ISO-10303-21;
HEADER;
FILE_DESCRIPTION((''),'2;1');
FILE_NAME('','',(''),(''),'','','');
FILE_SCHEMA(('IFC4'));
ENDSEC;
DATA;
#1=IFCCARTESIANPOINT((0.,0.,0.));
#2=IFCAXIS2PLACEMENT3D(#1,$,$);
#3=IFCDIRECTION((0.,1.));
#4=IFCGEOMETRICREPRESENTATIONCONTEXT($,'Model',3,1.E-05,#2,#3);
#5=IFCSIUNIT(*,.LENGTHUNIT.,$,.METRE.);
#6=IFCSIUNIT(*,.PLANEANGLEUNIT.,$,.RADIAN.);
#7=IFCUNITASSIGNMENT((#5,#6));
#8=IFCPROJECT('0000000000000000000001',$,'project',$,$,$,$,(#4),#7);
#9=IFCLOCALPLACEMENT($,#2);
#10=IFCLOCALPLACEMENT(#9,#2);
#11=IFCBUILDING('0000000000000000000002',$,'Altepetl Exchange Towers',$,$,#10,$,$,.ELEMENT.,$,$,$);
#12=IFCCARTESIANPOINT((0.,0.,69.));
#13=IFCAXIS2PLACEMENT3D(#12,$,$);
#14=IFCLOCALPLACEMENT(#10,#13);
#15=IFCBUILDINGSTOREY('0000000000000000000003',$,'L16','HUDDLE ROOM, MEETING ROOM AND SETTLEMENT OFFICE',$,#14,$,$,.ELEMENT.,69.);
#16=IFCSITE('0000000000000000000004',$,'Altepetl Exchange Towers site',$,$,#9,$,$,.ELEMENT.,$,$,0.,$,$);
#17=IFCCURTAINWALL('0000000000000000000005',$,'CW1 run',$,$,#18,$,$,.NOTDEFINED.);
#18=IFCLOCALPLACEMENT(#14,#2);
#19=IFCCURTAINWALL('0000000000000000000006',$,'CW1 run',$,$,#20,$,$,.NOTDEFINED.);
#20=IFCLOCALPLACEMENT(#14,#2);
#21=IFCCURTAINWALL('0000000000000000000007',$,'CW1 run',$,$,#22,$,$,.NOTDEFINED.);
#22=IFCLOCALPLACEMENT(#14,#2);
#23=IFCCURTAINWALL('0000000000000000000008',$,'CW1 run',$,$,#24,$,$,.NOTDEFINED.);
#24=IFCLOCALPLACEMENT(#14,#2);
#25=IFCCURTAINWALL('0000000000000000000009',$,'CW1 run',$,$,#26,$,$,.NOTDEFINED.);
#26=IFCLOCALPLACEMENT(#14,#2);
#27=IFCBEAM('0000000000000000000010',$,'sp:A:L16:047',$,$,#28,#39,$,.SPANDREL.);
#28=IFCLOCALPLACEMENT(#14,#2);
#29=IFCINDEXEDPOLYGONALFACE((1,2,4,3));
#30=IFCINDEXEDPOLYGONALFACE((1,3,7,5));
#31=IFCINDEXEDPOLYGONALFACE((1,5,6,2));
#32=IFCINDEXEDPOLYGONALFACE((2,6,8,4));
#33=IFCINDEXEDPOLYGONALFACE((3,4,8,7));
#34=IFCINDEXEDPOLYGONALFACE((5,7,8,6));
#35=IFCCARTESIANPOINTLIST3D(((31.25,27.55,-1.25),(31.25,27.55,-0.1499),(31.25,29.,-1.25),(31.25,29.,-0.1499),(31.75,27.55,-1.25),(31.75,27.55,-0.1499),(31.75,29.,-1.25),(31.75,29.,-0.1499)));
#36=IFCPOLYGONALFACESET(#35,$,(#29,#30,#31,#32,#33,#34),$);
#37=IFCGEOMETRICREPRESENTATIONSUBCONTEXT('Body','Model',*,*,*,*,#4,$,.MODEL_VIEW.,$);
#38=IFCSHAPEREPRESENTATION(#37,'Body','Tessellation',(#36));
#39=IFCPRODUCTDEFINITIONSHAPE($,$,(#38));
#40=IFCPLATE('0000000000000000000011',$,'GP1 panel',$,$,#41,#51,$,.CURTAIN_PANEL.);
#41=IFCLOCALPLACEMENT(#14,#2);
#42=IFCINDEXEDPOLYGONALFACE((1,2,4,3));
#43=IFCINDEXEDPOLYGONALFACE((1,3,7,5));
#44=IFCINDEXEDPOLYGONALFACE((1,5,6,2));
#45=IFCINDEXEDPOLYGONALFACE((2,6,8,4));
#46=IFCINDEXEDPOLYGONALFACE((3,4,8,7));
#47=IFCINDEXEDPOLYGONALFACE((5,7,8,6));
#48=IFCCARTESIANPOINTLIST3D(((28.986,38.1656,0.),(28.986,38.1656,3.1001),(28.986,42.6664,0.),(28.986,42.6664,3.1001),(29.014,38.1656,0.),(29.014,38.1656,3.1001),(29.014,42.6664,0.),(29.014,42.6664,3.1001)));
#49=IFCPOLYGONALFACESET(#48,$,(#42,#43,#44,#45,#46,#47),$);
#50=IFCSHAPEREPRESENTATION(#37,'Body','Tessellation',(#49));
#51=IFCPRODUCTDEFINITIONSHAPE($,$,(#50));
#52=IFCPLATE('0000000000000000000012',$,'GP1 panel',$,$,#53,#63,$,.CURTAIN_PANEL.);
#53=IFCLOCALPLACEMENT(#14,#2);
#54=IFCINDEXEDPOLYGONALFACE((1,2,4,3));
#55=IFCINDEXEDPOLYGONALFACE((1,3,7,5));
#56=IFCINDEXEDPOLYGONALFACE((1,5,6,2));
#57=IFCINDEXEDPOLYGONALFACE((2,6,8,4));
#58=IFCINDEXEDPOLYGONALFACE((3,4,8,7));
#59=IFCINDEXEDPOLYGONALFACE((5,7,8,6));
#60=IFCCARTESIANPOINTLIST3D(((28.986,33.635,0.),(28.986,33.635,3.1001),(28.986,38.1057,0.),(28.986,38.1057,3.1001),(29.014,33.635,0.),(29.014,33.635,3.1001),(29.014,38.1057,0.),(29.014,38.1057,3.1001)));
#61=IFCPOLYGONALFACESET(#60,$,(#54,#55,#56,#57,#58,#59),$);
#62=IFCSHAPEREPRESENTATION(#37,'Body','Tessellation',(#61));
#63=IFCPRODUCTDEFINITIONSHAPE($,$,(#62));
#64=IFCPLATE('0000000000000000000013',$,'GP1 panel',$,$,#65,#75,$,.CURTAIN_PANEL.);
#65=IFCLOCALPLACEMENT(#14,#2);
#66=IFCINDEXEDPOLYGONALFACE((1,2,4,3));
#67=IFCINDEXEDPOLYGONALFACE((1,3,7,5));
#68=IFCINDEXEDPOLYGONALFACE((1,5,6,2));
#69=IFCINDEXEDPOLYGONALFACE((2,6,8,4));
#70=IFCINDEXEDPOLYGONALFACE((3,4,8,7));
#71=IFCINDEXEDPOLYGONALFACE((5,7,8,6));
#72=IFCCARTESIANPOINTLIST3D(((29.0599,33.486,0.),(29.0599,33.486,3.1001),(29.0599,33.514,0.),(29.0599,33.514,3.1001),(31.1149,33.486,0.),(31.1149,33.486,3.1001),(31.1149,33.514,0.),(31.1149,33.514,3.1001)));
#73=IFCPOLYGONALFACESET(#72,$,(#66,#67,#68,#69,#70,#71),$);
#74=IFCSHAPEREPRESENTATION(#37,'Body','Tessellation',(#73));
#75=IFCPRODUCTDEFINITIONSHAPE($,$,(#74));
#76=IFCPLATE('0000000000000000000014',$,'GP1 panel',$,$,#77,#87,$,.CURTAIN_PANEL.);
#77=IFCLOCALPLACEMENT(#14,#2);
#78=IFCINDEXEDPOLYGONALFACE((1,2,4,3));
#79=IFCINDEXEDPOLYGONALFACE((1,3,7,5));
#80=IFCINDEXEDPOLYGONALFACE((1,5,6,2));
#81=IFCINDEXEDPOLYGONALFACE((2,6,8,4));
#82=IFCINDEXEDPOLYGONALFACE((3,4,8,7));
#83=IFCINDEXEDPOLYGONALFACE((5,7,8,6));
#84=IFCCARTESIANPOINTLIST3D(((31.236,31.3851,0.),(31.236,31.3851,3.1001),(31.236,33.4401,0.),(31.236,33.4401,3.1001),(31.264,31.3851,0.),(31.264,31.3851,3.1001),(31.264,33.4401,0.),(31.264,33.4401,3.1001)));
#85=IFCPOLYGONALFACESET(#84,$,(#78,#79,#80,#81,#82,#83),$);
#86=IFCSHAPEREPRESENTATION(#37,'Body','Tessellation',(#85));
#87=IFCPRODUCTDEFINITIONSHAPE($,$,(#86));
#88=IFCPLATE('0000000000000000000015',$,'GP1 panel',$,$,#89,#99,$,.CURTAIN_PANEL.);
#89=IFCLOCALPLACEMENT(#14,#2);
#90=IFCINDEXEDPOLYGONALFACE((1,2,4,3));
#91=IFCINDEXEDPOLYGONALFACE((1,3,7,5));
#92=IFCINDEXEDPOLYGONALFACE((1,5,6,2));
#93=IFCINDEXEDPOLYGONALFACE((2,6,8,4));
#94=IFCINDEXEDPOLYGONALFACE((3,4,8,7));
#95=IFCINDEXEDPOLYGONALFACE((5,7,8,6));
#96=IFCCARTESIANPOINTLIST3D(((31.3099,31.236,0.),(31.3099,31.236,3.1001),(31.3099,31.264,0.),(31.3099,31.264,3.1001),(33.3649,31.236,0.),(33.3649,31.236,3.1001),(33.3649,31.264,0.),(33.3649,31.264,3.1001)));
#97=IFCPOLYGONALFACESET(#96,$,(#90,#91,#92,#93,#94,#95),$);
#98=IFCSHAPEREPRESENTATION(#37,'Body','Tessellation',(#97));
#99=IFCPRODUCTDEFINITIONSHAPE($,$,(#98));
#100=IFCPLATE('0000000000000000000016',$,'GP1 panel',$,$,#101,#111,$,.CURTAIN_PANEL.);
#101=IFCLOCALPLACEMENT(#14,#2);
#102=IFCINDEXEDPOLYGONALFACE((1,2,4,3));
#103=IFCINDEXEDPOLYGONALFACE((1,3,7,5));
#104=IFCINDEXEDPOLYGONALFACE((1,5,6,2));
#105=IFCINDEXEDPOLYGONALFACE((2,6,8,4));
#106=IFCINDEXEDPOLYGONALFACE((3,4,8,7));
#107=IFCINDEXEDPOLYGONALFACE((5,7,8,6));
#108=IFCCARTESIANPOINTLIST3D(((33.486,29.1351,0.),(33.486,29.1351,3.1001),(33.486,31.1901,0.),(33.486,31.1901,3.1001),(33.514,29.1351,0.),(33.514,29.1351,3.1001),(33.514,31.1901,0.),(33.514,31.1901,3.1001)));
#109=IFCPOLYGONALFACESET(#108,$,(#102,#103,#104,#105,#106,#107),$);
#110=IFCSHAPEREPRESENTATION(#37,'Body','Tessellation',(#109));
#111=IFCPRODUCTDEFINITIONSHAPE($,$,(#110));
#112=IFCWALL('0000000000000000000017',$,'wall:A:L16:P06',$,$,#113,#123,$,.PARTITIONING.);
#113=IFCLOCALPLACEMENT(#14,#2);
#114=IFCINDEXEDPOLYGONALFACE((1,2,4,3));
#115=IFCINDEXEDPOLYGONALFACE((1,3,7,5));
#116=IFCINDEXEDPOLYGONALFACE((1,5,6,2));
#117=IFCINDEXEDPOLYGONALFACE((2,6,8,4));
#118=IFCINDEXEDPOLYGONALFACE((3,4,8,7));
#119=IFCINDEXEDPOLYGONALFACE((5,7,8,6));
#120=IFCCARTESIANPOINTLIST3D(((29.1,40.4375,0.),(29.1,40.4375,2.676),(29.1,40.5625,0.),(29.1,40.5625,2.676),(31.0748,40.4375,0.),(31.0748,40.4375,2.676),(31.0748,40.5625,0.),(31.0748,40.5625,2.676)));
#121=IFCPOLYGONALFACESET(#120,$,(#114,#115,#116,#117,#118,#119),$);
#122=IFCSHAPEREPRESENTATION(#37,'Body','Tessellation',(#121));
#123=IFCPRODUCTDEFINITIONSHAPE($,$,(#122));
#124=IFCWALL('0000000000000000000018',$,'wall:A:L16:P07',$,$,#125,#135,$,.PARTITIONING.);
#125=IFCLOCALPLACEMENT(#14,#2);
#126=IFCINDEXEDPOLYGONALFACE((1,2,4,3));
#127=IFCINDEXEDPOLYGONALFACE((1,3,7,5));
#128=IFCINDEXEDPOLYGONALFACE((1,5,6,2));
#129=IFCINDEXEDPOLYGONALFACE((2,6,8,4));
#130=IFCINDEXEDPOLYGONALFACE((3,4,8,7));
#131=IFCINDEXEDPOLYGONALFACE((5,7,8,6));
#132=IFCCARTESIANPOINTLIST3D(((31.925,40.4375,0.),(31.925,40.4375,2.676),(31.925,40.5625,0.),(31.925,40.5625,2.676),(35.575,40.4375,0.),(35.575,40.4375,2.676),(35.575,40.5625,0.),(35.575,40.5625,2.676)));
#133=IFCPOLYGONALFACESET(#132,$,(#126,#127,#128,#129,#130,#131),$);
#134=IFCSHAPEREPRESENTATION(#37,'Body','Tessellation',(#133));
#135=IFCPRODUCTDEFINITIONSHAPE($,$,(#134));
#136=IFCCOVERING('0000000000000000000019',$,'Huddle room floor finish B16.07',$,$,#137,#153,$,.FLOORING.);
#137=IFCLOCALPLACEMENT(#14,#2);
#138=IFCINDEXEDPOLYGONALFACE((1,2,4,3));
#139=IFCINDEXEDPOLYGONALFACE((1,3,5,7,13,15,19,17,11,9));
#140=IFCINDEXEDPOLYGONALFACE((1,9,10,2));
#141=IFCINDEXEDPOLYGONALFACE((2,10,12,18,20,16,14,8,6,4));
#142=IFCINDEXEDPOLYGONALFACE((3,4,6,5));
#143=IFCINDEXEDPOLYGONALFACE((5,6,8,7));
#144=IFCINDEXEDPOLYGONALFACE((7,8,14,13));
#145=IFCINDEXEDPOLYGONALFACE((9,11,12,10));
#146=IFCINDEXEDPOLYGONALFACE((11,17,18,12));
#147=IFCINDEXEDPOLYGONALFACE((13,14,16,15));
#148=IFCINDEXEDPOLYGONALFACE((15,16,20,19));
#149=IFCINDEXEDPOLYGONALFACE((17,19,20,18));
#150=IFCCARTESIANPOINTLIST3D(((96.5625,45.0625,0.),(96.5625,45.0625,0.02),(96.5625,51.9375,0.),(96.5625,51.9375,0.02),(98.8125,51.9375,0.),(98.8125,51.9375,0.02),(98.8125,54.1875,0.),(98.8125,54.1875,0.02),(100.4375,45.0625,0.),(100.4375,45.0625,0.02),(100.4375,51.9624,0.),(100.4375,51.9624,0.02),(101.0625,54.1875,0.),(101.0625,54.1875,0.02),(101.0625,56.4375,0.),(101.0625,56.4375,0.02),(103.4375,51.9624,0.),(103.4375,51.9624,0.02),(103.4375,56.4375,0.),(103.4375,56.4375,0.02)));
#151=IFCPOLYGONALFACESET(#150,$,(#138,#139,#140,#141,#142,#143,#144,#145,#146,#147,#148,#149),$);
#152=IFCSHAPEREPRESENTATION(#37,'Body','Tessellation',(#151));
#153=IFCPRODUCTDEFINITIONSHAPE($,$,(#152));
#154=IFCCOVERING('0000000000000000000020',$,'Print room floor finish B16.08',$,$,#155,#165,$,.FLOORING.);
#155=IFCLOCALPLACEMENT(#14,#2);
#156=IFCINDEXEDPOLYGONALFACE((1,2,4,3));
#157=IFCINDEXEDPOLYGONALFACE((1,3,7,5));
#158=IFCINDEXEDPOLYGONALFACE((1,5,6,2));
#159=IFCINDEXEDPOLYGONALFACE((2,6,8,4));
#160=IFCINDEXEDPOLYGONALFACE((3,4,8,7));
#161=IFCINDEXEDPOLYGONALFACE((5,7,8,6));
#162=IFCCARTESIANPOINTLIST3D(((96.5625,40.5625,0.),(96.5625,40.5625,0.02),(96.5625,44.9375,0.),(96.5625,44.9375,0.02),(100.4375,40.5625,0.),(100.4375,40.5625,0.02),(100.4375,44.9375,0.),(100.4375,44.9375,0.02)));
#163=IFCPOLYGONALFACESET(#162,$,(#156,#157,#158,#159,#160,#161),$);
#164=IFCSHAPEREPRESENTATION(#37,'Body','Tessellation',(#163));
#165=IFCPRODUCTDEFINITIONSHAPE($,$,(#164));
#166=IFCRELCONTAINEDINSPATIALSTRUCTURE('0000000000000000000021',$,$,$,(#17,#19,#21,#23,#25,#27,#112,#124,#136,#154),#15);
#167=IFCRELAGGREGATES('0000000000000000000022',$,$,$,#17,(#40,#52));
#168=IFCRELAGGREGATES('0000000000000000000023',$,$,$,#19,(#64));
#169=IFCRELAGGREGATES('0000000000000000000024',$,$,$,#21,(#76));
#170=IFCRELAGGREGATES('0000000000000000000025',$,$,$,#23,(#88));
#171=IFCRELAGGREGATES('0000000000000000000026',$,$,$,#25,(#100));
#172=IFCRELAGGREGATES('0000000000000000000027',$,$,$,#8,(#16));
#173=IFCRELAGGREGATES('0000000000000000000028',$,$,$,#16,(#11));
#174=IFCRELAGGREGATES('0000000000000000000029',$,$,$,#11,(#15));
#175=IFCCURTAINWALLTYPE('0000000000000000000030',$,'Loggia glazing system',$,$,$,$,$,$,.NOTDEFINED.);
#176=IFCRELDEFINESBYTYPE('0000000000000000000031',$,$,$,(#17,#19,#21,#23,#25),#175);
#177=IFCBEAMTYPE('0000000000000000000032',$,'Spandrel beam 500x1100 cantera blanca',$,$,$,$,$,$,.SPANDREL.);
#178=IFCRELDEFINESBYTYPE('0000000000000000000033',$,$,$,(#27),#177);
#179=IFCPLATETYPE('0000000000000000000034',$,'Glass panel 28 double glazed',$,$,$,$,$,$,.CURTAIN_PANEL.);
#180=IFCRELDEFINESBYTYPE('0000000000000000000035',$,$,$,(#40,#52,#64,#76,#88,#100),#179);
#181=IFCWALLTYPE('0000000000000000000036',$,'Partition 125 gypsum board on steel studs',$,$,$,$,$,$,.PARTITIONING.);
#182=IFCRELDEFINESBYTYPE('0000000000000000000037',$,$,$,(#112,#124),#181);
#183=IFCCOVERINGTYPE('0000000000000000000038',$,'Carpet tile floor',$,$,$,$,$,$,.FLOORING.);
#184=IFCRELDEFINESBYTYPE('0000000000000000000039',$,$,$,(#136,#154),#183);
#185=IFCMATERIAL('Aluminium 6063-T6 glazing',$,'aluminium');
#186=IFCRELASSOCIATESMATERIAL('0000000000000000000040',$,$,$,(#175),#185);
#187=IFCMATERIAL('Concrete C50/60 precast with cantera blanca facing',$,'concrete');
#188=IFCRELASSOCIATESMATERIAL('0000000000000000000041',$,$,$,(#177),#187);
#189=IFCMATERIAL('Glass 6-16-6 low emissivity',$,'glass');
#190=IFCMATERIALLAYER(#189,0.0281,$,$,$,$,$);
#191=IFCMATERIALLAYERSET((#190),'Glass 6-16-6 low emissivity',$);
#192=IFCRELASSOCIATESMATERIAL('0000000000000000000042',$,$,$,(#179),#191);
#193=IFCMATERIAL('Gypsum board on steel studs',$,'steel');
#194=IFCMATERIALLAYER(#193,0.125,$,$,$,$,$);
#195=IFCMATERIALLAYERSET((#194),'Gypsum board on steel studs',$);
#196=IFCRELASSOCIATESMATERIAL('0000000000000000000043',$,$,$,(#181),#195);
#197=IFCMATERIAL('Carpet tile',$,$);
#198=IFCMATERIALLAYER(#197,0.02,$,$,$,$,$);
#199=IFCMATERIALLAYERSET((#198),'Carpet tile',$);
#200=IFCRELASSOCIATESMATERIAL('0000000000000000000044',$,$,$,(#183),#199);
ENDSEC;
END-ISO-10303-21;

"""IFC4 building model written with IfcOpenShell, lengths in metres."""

from ifc_helpers import new_model, si_unit, direction, frame, frame_2d, origin, origin_2d, place, context, subcontext, project, spatial, polyline, rectangle, outline, extrude, material, layer, layer_set, material_profile, profile_set, type_object, element, aggregate, save


model = new_model("IFC4")

# Units and contexts
model_context = context("Model", 3, precision=1e-05, world=origin(), true_north=direction((0.0, 1.0)))
body_context = subcontext(model_context, "Body", "Model", "MODEL_VIEW")
ifc_project = project(units=[si_unit("LENGTHUNIT", "METRE"), si_unit("PLANEANGLEUNIT", "RADIAN")], contexts=[model_context])

# Site, building, storey
site_placement = place(None, origin())
site = spatial("IfcSite", under=ifc_project, at=site_placement, Name="Altepetl Exchange Towers site", CompositionType="ELEMENT", RefElevation=0.0)
building_placement = place(site_placement, origin())
building = spatial("IfcBuilding", under=site, at=building_placement, Name="Altepetl Exchange Towers", CompositionType="ELEMENT")
storey_placement = place(building_placement, frame((0.0, 0.0, 69.0)))
storey = spatial("IfcBuildingStorey", under=building, at=storey_placement, Name="L16", Description="HUDDLE ROOM, MEETING ROOM AND SETTLEMENT OFFICE", CompositionType="ELEMENT", Elevation=69.0)

# Curtain walls
ifc_material_1 = material(Name="Aluminium 6063-T6 glazing", Category="aluminium")
curtain_wall_type = type_object("IfcCurtainWallType", Name="Loggia glazing system", PredefinedType="NOTDEFINED", material=ifc_material_1)
curtain_wall_1_placement = place(storey_placement, origin())
curtain_wall_1 = element("IfcCurtainWall", 1, at=curtain_wall_1_placement, inside=storey, type_object=curtain_wall_type, Name="CW1 run", PredefinedType="NOTDEFINED")
curtain_wall_2_placement = place(storey_placement, origin())
curtain_wall_2 = element("IfcCurtainWall", 2, at=curtain_wall_2_placement, inside=storey, type_object=curtain_wall_type, Name="CW1 run", PredefinedType="NOTDEFINED")
curtain_wall_3_placement = place(storey_placement, origin())
curtain_wall_3 = element("IfcCurtainWall", 3, at=curtain_wall_3_placement, inside=storey, type_object=curtain_wall_type, Name="CW1 run", PredefinedType="NOTDEFINED")
curtain_wall_4_placement = place(storey_placement, origin())
curtain_wall_4 = element("IfcCurtainWall", 4, at=curtain_wall_4_placement, inside=storey, type_object=curtain_wall_type, Name="CW1 run", PredefinedType="NOTDEFINED")
curtain_wall_5_placement = place(storey_placement, origin())
curtain_wall_5 = element("IfcCurtainWall", 5, at=curtain_wall_5_placement, inside=storey, type_object=curtain_wall_type, Name="CW1 run", PredefinedType="NOTDEFINED")

# Beam
ifc_material_2 = material(Name="Concrete C50/60 precast with cantera blanca facing", Category="concrete")
ifc_material_profile_1 = material_profile(ifc_material_2, rectangle(XDim=0.5, YDim=1.1001, at=origin_2d()), Name="500 x 1100")
ifc_profile_set_1 = profile_set([ifc_material_profile_1], Name="Concrete C50/60 precast with cantera blanca facing")
beam_type_1 = type_object("IfcBeamType", Name="Spandrel beam 500x1100 cantera blanca", PredefinedType="SPANDREL", material=ifc_profile_set_1)
beam_1_placement = place(storey_placement, frame((31.5, 29.0, -0.7), z_axis=(0.0, -1.0, 0.0), x_axis=(1.0, 0.0, 0.0)))
element("IfcBeam", 6, at=beam_1_placement, inside=storey, type_object=beam_type_1, Name="sp:A:L16:047", PredefinedType="SPANDREL", context=body_context, shape_type="SweptSolid", body=[
    extrude(rectangle(XDim=0.5, YDim=1.1001, at=origin_2d()), origin(), (0.0, 0.0, 1.0), 1.45),
])

# Plates
ifc_material_3 = material(Name="Glass 6-16-6 low emissivity", Category="glass")
ifc_layer_1 = layer(ifc_material_3, 0.0281)
ifc_layer_set_1 = layer_set([ifc_layer_1], Name="Glass 6-16-6 low emissivity")
plate_type = type_object("IfcPlateType", Name="Glass panel 28 double glazed", PredefinedType="CURTAIN_PANEL", material=ifc_layer_set_1)
plate_1_placement = place(storey_placement, frame((29.0, 40.416, 0.0), z_axis=(0.0, 0.0, 1.0), x_axis=(0.0, -1.0, 0.0)))
plate_1 = element("IfcPlate", 7, at=plate_1_placement, type_object=plate_type, Name="GP1 panel", PredefinedType="CURTAIN_PANEL", context=body_context, shape_type="SweptSolid", body=[
    extrude(rectangle(XDim=4.5007, YDim=0.0281, at=origin_2d()), origin(), (0.0, 0.0, 1.0), 3.1001),
])
plate_2_placement = place(storey_placement, frame((29.0, 35.8704, 0.0), z_axis=(0.0, 0.0, 1.0), x_axis=(0.0, -1.0, 0.0)))
plate_2 = element("IfcPlate", 8, at=plate_2_placement, type_object=plate_type, Name="GP1 panel", PredefinedType="CURTAIN_PANEL", context=body_context, shape_type="SweptSolid", body=[
    extrude(rectangle(XDim=4.4707, YDim=0.0281, at=origin_2d()), origin(), (0.0, 0.0, 1.0), 3.1001),
])
aggregate(curtain_wall_1, [plate_1, plate_2])
plate_3_placement = place(storey_placement, frame((30.0874, 33.5, 0.0)))
plate_3 = element("IfcPlate", 9, at=plate_3_placement, type_object=plate_type, Name="GP1 panel", PredefinedType="CURTAIN_PANEL", context=body_context, shape_type="SweptSolid", body=[
    extrude(rectangle(XDim=2.0549, YDim=0.0281, at=origin_2d()), origin(), (0.0, 0.0, 1.0), 3.1001),
])
aggregate(curtain_wall_2, [plate_3])
plate_4_placement = place(storey_placement, frame((31.25, 32.4126, 0.0), z_axis=(0.0, 0.0, 1.0), x_axis=(0.0, -1.0, 0.0)))
plate_4 = element("IfcPlate", 10, at=plate_4_placement, type_object=plate_type, Name="GP1 panel", PredefinedType="CURTAIN_PANEL", context=body_context, shape_type="SweptSolid", body=[
    extrude(rectangle(XDim=2.0549, YDim=0.0281, at=origin_2d()), origin(), (0.0, 0.0, 1.0), 3.1001),
])
aggregate(curtain_wall_3, [plate_4])
plate_5_placement = place(storey_placement, frame((32.3374, 31.25, 0.0)))
plate_5 = element("IfcPlate", 11, at=plate_5_placement, type_object=plate_type, Name="GP1 panel", PredefinedType="CURTAIN_PANEL", context=body_context, shape_type="SweptSolid", body=[
    extrude(rectangle(XDim=2.0549, YDim=0.0281, at=origin_2d()), origin(), (0.0, 0.0, 1.0), 3.1001),
])
aggregate(curtain_wall_4, [plate_5])
plate_6_placement = place(storey_placement, frame((33.5, 30.1626, 0.0), z_axis=(0.0, 0.0, 1.0), x_axis=(0.0, -1.0, 0.0)))
plate_6 = element("IfcPlate", 12, at=plate_6_placement, type_object=plate_type, Name="GP1 panel", PredefinedType="CURTAIN_PANEL", context=body_context, shape_type="SweptSolid", body=[
    extrude(rectangle(XDim=2.0549, YDim=0.0281, at=origin_2d()), origin(), (0.0, 0.0, 1.0), 3.1001),
])
aggregate(curtain_wall_5, [plate_6])

# Walls
ifc_material_4 = material(Name="Gypsum board on steel studs", Category="steel")
ifc_layer_2 = layer(ifc_material_4, 0.125)
ifc_layer_set_2 = layer_set([ifc_layer_2], Name="Gypsum board on steel studs")
wall_type = type_object("IfcWallType", Name="Partition 125 gypsum board on steel studs", PredefinedType="PARTITIONING", material=ifc_layer_set_2)
wall_1_placement = place(storey_placement, frame((29.1001, 40.5, 0.0)))
element("IfcWall", 13, at=wall_1_placement, inside=storey, type_object=wall_type, Name="wall:A:L16:P06", PredefinedType="PARTITIONING", context=body_context, shape_type="SweptSolid", body=[
    extrude(rectangle(XDim=1.9749, YDim=0.125, at=frame_2d((0.9873, 0.0))), origin(), (0.0, 0.0, 1.0), 2.676),
])
wall_2_placement = place(storey_placement, frame((31.925, 40.5, 0.0)))
element("IfcWall", 14, at=wall_2_placement, inside=storey, type_object=wall_type, Name="wall:A:L16:P07", PredefinedType="PARTITIONING", context=body_context, shape_type="SweptSolid", body=[
    extrude(rectangle(XDim=3.6499, YDim=0.125, at=frame_2d((1.825, 0.0))), origin(), (0.0, 0.0, 1.0), 2.676),
])

# Coverings
ifc_material_5 = material(Name="Carpet tile")
ifc_layer_3 = layer(ifc_material_5, 0.02)
ifc_layer_set_3 = layer_set([ifc_layer_3], Name="Carpet tile")
covering_type = type_object("IfcCoveringType", Name="Carpet tile floor", PredefinedType="FLOORING", material=ifc_layer_set_3)
covering_1_placement = place(storey_placement, origin())
element("IfcCovering", 15, at=covering_1_placement, inside=storey, type_object=covering_type, Name="Huddle room floor finish B16.07", PredefinedType="FLOORING", context=body_context, shape_type="SweptSolid", body=[
    extrude(outline(polyline([(101.0625, 54.1875), (98.8125, 54.1875), (98.8125, 51.9375), (96.5625, 51.9375), (96.5625, 45.0625), (100.4375, 45.0625), (100.4375, 51.9624), (103.4375, 51.9624), (103.4375, 56.4375), (101.0625, 56.4375), (101.0625, 54.1875)])), origin(), (0.0, 0.0, 1.0), 0.02),
])
covering_2_placement = place(storey_placement, origin())
element("IfcCovering", 16, at=covering_2_placement, inside=storey, type_object=covering_type, Name="Print room floor finish B16.08", PredefinedType="FLOORING", context=body_context, shape_type="SweptSolid", body=[
    extrude(outline(polyline([(96.5625, 40.5625), (100.4375, 40.5625), (100.4375, 44.9375), (96.5625, 44.9375), (96.5625, 40.5625)])), origin(), (0.0, 0.0, 1.0), 0.02),
])

save(model, "model.ifc")
